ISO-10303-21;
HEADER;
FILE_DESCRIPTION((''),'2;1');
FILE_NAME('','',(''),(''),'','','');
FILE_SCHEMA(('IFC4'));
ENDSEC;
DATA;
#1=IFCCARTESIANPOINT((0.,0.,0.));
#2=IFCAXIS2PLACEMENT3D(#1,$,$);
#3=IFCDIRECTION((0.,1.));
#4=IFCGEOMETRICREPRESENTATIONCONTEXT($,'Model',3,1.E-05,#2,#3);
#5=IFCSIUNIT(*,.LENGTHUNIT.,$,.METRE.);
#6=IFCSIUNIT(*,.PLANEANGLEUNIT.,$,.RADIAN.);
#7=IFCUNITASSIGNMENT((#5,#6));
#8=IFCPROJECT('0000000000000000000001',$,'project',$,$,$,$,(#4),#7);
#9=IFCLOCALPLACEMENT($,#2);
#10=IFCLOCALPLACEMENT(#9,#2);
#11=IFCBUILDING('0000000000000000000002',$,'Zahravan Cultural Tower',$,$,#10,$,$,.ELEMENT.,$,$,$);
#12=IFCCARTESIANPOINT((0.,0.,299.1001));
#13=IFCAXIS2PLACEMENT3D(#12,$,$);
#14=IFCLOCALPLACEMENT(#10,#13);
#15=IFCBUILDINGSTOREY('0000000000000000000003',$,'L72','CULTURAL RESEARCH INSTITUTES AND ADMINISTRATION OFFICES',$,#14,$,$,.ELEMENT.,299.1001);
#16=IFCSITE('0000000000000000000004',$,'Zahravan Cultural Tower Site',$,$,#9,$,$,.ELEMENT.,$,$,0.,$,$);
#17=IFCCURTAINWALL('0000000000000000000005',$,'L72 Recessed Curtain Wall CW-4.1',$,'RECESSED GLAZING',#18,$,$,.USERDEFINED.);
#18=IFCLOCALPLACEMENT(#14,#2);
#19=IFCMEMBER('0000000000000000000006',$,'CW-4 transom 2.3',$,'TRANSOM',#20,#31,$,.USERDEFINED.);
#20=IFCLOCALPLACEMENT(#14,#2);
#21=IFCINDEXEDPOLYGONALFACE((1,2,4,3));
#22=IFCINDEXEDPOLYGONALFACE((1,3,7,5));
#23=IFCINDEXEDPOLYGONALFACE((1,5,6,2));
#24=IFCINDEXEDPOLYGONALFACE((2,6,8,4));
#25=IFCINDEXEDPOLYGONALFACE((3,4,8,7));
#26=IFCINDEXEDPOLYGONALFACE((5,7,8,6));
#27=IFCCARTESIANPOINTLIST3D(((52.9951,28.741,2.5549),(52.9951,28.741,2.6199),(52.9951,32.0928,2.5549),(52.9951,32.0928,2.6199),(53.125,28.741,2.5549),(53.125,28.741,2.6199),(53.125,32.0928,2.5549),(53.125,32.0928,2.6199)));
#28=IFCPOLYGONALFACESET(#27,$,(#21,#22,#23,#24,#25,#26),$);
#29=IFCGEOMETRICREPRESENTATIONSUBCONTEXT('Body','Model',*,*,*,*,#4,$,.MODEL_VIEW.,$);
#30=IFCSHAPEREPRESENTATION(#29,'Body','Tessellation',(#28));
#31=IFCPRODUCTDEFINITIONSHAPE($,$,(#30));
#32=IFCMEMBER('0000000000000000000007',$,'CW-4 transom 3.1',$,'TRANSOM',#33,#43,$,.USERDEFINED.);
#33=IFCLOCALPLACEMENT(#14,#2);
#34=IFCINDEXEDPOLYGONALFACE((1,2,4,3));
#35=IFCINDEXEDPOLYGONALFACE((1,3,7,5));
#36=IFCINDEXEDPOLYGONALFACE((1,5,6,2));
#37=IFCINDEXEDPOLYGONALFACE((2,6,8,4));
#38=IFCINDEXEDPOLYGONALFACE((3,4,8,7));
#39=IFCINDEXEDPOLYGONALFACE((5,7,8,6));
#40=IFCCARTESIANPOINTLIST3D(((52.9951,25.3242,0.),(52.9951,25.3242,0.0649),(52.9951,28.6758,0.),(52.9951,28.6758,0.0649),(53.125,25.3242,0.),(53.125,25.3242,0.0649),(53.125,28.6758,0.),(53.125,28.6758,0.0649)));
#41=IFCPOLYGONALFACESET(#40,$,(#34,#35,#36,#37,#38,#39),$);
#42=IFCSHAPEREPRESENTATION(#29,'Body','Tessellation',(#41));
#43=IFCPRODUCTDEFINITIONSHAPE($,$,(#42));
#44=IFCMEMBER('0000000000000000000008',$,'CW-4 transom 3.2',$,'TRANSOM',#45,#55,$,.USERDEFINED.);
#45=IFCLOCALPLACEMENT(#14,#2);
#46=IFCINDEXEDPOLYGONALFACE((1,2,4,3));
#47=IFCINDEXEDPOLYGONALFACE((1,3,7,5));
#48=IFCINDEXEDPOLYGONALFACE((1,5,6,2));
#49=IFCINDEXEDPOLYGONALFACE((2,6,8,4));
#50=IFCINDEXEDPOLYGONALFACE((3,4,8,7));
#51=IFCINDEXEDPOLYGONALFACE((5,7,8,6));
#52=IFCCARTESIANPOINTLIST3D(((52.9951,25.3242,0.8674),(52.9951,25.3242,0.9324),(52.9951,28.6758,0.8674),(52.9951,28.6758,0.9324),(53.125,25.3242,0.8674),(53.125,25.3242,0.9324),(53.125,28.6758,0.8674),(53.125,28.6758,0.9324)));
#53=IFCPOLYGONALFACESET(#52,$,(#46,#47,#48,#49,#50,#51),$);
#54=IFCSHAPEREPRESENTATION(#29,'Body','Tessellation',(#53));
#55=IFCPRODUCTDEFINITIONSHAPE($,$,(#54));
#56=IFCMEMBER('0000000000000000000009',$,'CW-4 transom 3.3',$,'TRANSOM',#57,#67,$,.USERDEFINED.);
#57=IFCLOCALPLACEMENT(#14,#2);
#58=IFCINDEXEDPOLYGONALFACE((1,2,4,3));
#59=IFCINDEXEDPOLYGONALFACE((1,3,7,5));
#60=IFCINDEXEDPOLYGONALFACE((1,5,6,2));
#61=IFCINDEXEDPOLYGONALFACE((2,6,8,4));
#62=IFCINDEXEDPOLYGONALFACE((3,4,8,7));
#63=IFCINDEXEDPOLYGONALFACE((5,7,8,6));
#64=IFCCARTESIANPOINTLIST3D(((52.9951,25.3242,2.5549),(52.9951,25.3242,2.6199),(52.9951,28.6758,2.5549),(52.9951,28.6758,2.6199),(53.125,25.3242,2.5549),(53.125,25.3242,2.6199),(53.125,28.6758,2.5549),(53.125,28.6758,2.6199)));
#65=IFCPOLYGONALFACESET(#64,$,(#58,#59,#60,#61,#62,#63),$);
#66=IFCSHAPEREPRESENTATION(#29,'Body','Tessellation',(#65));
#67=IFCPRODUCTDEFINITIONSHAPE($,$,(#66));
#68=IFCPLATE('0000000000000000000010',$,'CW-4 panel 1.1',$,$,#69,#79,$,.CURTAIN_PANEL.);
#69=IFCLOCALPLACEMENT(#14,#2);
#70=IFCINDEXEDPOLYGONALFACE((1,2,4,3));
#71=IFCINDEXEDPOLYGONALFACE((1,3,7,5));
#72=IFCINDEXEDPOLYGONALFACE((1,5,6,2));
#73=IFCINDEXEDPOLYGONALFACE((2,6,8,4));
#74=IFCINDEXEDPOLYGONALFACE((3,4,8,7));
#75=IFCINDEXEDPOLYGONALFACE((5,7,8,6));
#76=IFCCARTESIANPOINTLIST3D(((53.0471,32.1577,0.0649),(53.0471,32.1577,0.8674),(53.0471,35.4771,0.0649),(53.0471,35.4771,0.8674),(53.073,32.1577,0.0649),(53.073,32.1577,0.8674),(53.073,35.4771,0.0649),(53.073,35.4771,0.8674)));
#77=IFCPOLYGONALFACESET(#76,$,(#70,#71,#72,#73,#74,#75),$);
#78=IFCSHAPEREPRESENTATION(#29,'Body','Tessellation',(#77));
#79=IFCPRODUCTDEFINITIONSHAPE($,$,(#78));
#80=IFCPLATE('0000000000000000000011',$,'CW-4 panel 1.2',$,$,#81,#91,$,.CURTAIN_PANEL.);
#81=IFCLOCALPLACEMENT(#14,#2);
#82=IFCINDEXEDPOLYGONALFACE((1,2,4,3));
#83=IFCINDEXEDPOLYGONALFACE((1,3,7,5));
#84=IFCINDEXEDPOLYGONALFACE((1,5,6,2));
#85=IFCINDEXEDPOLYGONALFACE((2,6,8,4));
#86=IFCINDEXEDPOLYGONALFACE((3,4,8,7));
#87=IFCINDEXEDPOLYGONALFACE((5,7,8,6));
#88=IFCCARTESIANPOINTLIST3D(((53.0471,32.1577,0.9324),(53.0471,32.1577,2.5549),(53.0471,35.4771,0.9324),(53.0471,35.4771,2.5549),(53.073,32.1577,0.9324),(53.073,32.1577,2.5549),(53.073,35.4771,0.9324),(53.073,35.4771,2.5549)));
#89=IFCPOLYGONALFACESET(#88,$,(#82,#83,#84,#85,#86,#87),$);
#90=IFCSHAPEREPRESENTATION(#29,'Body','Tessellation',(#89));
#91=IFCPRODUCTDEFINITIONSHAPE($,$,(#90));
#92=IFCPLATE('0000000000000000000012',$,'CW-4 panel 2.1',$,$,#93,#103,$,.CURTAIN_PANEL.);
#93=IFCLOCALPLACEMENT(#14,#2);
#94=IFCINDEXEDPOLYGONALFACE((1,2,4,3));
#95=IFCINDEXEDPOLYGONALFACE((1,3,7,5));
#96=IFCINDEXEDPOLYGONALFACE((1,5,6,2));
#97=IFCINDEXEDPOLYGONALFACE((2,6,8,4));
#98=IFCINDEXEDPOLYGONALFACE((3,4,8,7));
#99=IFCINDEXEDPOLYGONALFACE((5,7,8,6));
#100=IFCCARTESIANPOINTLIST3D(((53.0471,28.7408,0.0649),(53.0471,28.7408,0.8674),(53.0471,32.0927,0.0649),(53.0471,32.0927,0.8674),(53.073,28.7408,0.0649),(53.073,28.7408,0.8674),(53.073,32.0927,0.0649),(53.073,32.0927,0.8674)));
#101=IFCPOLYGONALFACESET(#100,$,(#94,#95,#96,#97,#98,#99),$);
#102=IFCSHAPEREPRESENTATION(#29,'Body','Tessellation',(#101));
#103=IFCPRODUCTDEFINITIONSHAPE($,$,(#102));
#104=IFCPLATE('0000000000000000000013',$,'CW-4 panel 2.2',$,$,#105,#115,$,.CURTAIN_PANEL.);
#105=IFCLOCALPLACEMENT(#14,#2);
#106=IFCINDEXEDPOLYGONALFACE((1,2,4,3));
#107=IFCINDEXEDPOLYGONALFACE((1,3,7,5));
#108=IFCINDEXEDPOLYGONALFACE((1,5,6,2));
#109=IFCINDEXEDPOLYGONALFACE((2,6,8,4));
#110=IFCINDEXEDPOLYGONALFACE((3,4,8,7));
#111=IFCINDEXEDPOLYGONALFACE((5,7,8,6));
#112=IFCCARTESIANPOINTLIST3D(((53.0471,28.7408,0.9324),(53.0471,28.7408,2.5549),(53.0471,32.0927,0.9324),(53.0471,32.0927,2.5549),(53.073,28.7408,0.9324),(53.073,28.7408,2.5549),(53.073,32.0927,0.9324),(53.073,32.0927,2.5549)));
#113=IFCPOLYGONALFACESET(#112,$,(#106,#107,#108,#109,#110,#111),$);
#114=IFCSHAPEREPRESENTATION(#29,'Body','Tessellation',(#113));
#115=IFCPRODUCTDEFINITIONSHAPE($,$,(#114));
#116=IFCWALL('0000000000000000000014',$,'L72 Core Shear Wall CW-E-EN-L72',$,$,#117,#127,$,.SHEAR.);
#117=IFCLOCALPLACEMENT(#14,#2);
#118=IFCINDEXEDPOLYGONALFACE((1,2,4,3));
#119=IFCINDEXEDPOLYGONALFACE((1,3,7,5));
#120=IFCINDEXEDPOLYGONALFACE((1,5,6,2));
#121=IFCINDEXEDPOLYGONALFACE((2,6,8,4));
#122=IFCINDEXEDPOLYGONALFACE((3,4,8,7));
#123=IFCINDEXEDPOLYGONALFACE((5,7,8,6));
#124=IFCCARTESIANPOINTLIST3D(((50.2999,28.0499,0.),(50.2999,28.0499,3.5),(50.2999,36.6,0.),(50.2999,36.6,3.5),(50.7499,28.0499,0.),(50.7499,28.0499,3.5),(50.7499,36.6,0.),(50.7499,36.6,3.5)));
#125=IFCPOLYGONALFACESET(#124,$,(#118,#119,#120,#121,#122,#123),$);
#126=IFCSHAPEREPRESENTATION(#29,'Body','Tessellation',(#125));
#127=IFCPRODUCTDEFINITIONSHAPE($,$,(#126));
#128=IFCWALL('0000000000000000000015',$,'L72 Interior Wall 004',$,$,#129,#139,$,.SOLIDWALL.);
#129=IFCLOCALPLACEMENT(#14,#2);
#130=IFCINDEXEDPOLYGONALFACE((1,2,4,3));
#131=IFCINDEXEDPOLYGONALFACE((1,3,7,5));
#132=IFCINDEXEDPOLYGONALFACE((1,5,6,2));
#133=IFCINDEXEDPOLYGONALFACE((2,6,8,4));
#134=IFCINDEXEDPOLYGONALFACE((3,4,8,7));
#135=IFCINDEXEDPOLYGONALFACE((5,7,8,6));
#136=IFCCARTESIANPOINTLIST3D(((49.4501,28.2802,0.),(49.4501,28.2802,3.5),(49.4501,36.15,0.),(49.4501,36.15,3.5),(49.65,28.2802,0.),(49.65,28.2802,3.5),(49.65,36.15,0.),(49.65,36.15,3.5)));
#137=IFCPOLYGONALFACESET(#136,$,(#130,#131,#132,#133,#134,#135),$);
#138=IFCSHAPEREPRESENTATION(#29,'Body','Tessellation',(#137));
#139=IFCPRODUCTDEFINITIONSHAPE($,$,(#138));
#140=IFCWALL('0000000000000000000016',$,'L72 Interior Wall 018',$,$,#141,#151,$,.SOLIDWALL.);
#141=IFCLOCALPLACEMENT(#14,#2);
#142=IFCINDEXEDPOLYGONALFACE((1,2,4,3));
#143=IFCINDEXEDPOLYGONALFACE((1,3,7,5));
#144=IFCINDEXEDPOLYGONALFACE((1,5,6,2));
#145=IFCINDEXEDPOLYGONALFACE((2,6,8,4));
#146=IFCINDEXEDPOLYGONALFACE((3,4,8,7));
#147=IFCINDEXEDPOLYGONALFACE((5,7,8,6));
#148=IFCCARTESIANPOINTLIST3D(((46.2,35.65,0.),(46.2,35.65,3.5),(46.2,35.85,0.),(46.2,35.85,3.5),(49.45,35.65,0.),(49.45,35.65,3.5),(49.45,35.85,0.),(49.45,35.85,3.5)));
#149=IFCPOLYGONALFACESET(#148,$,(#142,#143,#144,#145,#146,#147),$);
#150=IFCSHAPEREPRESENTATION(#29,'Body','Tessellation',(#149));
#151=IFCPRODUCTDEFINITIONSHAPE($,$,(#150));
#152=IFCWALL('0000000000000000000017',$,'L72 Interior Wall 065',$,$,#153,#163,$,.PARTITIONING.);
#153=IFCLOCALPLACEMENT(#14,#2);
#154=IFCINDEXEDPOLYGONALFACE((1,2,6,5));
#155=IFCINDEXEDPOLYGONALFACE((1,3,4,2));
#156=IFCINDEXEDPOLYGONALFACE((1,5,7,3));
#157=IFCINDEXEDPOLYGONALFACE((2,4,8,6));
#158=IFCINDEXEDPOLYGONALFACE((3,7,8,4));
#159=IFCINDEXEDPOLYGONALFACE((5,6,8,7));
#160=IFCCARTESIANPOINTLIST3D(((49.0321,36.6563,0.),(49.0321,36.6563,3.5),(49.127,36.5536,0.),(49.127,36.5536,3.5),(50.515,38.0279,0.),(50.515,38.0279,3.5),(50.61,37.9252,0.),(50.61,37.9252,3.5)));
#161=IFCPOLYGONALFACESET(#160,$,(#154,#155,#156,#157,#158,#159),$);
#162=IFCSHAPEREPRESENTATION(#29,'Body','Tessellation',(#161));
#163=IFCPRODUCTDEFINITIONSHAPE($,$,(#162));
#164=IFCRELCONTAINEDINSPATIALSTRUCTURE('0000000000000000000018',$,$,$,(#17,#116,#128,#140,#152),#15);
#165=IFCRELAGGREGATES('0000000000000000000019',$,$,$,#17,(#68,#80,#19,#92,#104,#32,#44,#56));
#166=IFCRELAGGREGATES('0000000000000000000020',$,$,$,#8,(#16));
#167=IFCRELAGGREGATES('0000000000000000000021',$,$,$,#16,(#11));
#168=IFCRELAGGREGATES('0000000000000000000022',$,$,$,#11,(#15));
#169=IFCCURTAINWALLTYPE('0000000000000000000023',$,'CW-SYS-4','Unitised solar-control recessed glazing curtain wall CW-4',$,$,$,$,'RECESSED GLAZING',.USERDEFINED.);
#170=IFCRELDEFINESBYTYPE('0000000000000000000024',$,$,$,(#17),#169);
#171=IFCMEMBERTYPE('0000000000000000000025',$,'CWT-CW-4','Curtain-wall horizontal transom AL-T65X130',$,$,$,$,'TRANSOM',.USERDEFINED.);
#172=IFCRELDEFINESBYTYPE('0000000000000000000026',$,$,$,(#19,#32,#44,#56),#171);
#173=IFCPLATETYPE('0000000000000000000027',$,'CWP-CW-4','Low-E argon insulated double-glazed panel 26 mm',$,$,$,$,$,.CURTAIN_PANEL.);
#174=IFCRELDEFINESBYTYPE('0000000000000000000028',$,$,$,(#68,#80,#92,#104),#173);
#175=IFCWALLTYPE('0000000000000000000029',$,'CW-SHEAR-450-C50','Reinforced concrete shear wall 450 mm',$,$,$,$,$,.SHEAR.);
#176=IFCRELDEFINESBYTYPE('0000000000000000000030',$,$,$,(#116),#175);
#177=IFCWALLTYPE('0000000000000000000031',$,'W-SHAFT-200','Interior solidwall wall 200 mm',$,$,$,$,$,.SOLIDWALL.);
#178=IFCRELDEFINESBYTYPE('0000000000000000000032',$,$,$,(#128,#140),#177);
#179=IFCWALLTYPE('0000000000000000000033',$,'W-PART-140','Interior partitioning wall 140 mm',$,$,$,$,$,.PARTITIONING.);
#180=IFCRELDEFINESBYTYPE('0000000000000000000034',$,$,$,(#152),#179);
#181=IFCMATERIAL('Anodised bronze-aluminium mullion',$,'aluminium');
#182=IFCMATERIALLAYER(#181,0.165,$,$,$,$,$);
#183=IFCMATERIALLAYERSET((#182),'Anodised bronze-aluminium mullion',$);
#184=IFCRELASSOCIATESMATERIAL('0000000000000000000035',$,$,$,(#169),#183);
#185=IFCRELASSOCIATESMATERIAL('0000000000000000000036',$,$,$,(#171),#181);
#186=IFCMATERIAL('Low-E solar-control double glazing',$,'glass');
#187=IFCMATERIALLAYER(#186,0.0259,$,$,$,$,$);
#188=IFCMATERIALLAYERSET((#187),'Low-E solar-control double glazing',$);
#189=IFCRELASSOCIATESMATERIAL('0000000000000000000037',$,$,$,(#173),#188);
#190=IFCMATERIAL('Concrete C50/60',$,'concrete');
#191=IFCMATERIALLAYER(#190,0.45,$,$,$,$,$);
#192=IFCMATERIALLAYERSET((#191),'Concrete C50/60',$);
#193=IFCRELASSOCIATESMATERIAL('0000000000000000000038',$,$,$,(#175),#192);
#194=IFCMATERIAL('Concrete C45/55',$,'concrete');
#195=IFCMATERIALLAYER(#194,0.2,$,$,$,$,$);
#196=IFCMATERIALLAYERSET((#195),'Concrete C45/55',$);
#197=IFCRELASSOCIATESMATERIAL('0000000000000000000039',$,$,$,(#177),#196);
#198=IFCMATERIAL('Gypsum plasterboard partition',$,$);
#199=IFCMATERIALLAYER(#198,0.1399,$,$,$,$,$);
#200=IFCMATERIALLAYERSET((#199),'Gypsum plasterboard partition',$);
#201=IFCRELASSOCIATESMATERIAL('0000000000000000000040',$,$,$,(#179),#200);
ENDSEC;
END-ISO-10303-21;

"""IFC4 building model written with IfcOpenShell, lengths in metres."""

from ifc_helpers import new_model, si_unit, direction, frame, frame_2d, origin, origin_2d, place, context, subcontext, project, spatial, rectangle, extrude, source, transform, mapped, material, layer, layer_set, material_profile, profile_set, type_object, element, aggregate, save


model = new_model("IFC4")

# Units and contexts
model_context = context("Model", 3, precision=1e-05, world=origin(), true_north=direction((0.0, 1.0)))
body_context = subcontext(model_context, "Body", "Model", "MODEL_VIEW")
ifc_project = project(units=[si_unit("LENGTHUNIT", "METRE"), si_unit("PLANEANGLEUNIT", "RADIAN")], contexts=[model_context])

# Site, building, storey
site_placement = place(None, origin())
site = spatial("IfcSite", under=ifc_project, at=site_placement, Name="Zahravan Cultural Tower Site", CompositionType="ELEMENT", RefElevation=0.0)
building_placement = place(site_placement, origin())
building = spatial("IfcBuilding", under=site, at=building_placement, Name="Zahravan Cultural Tower", CompositionType="ELEMENT")
storey_placement = place(building_placement, frame((0.0, 0.0, 299.1001)))
storey = spatial("IfcBuildingStorey", under=building, at=storey_placement, Name="L72", Description="CULTURAL RESEARCH INSTITUTES AND ADMINISTRATION OFFICES", CompositionType="ELEMENT", Elevation=299.1001)

# Shared definitions
ifc_material_1 = material(Name="Concrete C50/60", Category="concrete")

# Curtain wall, members, plates
ifc_material_2 = material(Name="Anodised bronze-aluminium mullion", Category="aluminium")
ifc_layer_1 = layer(ifc_material_2, 0.165)
ifc_layer_set_1 = layer_set([ifc_layer_1], Name="Anodised bronze-aluminium mullion")
curtain_wall_type = type_object("IfcCurtainWallType", Name="CW-SYS-4", Description="Unitised solar-control recessed glazing curtain wall CW-4", ElementType="RECESSED GLAZING", PredefinedType="USERDEFINED", material=ifc_layer_set_1)
curtain_wall_placement = place(storey_placement, origin())
curtain_wall = element("IfcCurtainWall", 1, at=curtain_wall_placement, inside=storey, type_object=curtain_wall_type, Name="L72 Recessed Curtain Wall CW-4.1", ObjectType="RECESSED GLAZING", PredefinedType="USERDEFINED")
ifc_material_profile_1 = material_profile(ifc_material_2, rectangle(XDim=0.1299, YDim=0.0649, at=origin_2d()), Name="AL-T65X130")
ifc_profile_set_1 = profile_set([ifc_material_profile_1], Name="Anodised bronze-aluminium mullion")
member_type_1 = type_object("IfcMemberType", Name="CWT-CW-4", Description="Curtain-wall horizontal transom AL-T65X130", ElementType="TRANSOM", PredefinedType="USERDEFINED", material=ifc_profile_set_1)
shared_shape_1 = source(origin(), body_context, "Body", "SweptSolid", [
    extrude(rectangle(XDim=0.1299, YDim=0.0649, at=origin_2d()), origin(), (0.0, 0.0, 1.0), 3.3518),
])
member_1_placement = place(storey_placement, frame((53.0601, 32.0928, 2.5874), z_axis=(0.0, -1.0, 0.0), x_axis=(1.0, 0.0, 0.0)))
member_1 = element("IfcMember", 2, at=member_1_placement, type_object=member_type_1, Name="CW-4 transom 2.3", ObjectType="TRANSOM", PredefinedType="USERDEFINED", context=body_context, shape_type="MappedRepresentation", body=[
    mapped(shared_shape_1, transform((0.0, 0.0, 0.0), x_axis=(1.0, 0.0, 0.0), y_axis=(0.0, 1.0, 0.0), z_axis=(0.0, 0.0, 1.0), scale=1.0)),
])
shared_shape_2 = source(origin(), body_context, "Body", "SweptSolid", [
    extrude(rectangle(XDim=0.1299, YDim=0.0649, at=origin_2d()), origin(), (0.0, 0.0, 1.0), 3.3516),
])
member_2_placement = place(storey_placement, frame((53.0601, 28.6758, 0.0325), z_axis=(0.0, -1.0, 0.0), x_axis=(1.0, 0.0, 0.0)))
member_2 = element("IfcMember", 3, at=member_2_placement, type_object=member_type_1, Name="CW-4 transom 3.1", ObjectType="TRANSOM", PredefinedType="USERDEFINED", context=body_context, shape_type="MappedRepresentation", body=[
    mapped(shared_shape_2, transform((0.0, 0.0, 0.0), x_axis=(1.0, 0.0, 0.0), y_axis=(0.0, 1.0, 0.0), z_axis=(0.0, 0.0, 1.0), scale=1.0)),
])
member_3_placement = place(storey_placement, frame((53.0601, 28.6758, 0.8999), z_axis=(0.0, -1.0, 0.0), x_axis=(1.0, 0.0, 0.0)))
member_3 = element("IfcMember", 4, at=member_3_placement, type_object=member_type_1, Name="CW-4 transom 3.2", ObjectType="TRANSOM", PredefinedType="USERDEFINED", context=body_context, shape_type="MappedRepresentation", body=[
    mapped(shared_shape_2, transform((0.0, 0.0, 0.0), x_axis=(1.0, 0.0, 0.0), y_axis=(0.0, 1.0, 0.0), z_axis=(0.0, 0.0, 1.0), scale=1.0)),
])
member_4_placement = place(storey_placement, frame((53.0601, 28.6758, 2.5874), z_axis=(0.0, -1.0, 0.0), x_axis=(1.0, 0.0, 0.0)))
member_4 = element("IfcMember", 5, at=member_4_placement, type_object=member_type_1, Name="CW-4 transom 3.3", ObjectType="TRANSOM", PredefinedType="USERDEFINED", context=body_context, shape_type="MappedRepresentation", body=[
    mapped(shared_shape_2, transform((0.0, 0.0, 0.0), x_axis=(1.0, 0.0, 0.0), y_axis=(0.0, 1.0, 0.0), z_axis=(0.0, 0.0, 1.0), scale=1.0)),
])
ifc_material_3 = material(Name="Low-E solar-control double glazing", Category="glass")
ifc_layer_2 = layer(ifc_material_3, 0.0259)
ifc_layer_set_2 = layer_set([ifc_layer_2], Name="Low-E solar-control double glazing")
plate_type = type_object("IfcPlateType", Name="CWP-CW-4", Description="Low-E argon insulated double-glazed panel 26 mm", PredefinedType="CURTAIN_PANEL", material=ifc_layer_set_2)
shared_shape_3 = source(origin(), body_context, "Body", "SweptSolid", [
    extrude(rectangle(XDim=3.3193, YDim=0.0259, at=origin_2d()), origin(), (0.0, 0.0, 1.0), 0.8025),
])
plate_1_placement = place(storey_placement, frame((53.0601, 33.8174, 0.0649), z_axis=(0.0, 0.0, 1.0), x_axis=(0.0, -1.0, 0.0)))
plate_1 = element("IfcPlate", 6, at=plate_1_placement, type_object=plate_type, Name="CW-4 panel 1.1", PredefinedType="CURTAIN_PANEL", context=body_context, shape_type="MappedRepresentation", body=[
    mapped(shared_shape_3, transform((0.0, 0.0, 0.0), x_axis=(1.0, 0.0, 0.0), y_axis=(0.0, 1.0, 0.0), z_axis=(0.0, 0.0, 1.0), scale=1.0)),
])
shared_shape_4 = source(origin(), body_context, "Body", "SweptSolid", [
    extrude(rectangle(XDim=3.3193, YDim=0.0259, at=origin_2d()), origin(), (0.0, 0.0, 1.0), 1.6226),
])
plate_2_placement = place(storey_placement, frame((53.0601, 33.8174, 0.9324), z_axis=(0.0, 0.0, 1.0), x_axis=(0.0, -1.0, 0.0)))
plate_2 = element("IfcPlate", 7, at=plate_2_placement, type_object=plate_type, Name="CW-4 panel 1.2", PredefinedType="CURTAIN_PANEL", context=body_context, shape_type="MappedRepresentation", body=[
    mapped(shared_shape_4, transform((0.0, 0.0, 0.0), x_axis=(1.0, 0.0, 0.0), y_axis=(0.0, 1.0, 0.0), z_axis=(0.0, 0.0, 1.0), scale=1.0)),
])
shared_shape_5 = source(origin(), body_context, "Body", "SweptSolid", [
    extrude(rectangle(XDim=3.3518, YDim=0.0259, at=origin_2d()), origin(), (0.0, 0.0, 1.0), 0.8025),
])
plate_3_placement = place(storey_placement, frame((53.0601, 30.4167, 0.0649), z_axis=(0.0, 0.0, 1.0), x_axis=(0.0, -1.0, 0.0)))
plate_3 = element("IfcPlate", 8, at=plate_3_placement, type_object=plate_type, Name="CW-4 panel 2.1", PredefinedType="CURTAIN_PANEL", context=body_context, shape_type="MappedRepresentation", body=[
    mapped(shared_shape_5, transform((0.0, 0.0, 0.0), x_axis=(1.0, 0.0, 0.0), y_axis=(0.0, 1.0, 0.0), z_axis=(0.0, 0.0, 1.0), scale=1.0)),
])
shared_shape_6 = source(origin(), body_context, "Body", "SweptSolid", [
    extrude(rectangle(XDim=3.3518, YDim=0.0259, at=origin_2d()), origin(), (0.0, 0.0, 1.0), 1.6226),
])
plate_4_placement = place(storey_placement, frame((53.0601, 30.4167, 0.9324), z_axis=(0.0, 0.0, 1.0), x_axis=(0.0, -1.0, 0.0)))
plate_4 = element("IfcPlate", 9, at=plate_4_placement, type_object=plate_type, Name="CW-4 panel 2.2", PredefinedType="CURTAIN_PANEL", context=body_context, shape_type="MappedRepresentation", body=[
    mapped(shared_shape_6, transform((0.0, 0.0, 0.0), x_axis=(1.0, 0.0, 0.0), y_axis=(0.0, 1.0, 0.0), z_axis=(0.0, 0.0, 1.0), scale=1.0)),
])
aggregate(curtain_wall, [plate_1, plate_2, member_1, plate_3, plate_4, member_2, member_3, member_4])

# Walls
ifc_layer_3 = layer(ifc_material_1, 0.45)
ifc_layer_set_3 = layer_set([ifc_layer_3], Name="Concrete C50/60")
wall_type_1 = type_object("IfcWallType", Name="CW-SHEAR-450-C50", Description="Reinforced concrete shear wall 450 mm", PredefinedType="SHEAR", material=ifc_layer_set_3)
shared_shape_7 = source(origin(), body_context, "Body", "SweptSolid", [
    extrude(rectangle(XDim=8.55, YDim=0.45, at=frame_2d((4.2749, 0.0))), origin(), (0.0, 0.0, 1.0), 3.5),
])
wall_1_placement = place(storey_placement, frame((50.5249, 28.05, 0.0), z_axis=(0.0, 0.0, 1.0), x_axis=(0.0, 1.0, 0.0)))
element("IfcWall", 10, at=wall_1_placement, inside=storey, type_object=wall_type_1, Name="L72 Core Shear Wall CW-E-EN-L72", PredefinedType="SHEAR", context=body_context, shape_type="MappedRepresentation", body=[
    mapped(shared_shape_7, transform((0.0, 0.0, 0.0), x_axis=(1.0, 0.0, 0.0), y_axis=(0.0, 1.0, 0.0), z_axis=(0.0, 0.0, 1.0), scale=1.0)),
])
ifc_material_4 = material(Name="Concrete C45/55", Category="concrete")
ifc_layer_4 = layer(ifc_material_4, 0.2)
ifc_layer_set_4 = layer_set([ifc_layer_4], Name="Concrete C45/55")
wall_type_2 = type_object("IfcWallType", Name="W-SHAFT-200", Description="Interior solidwall wall 200 mm", PredefinedType="SOLIDWALL", material=ifc_layer_set_4)
shared_shape_8 = source(origin(), body_context, "Body", "SweptSolid", [
    extrude(rectangle(XDim=7.8699, YDim=0.2, at=frame_2d((3.9351, 0.0))), origin(), (0.0, 0.0, 1.0), 3.5),
])
wall_2_placement = place(storey_placement, frame((49.55, 28.28, 0.0), z_axis=(0.0, 0.0, 1.0), x_axis=(0.0, 1.0, 0.0)))
element("IfcWall", 11, at=wall_2_placement, inside=storey, type_object=wall_type_2, Name="L72 Interior Wall 004", PredefinedType="SOLIDWALL", context=body_context, shape_type="MappedRepresentation", body=[
    mapped(shared_shape_8, transform((0.0, 0.0, 0.0), x_axis=(1.0, 0.0, 0.0), y_axis=(0.0, 1.0, 0.0), z_axis=(0.0, 0.0, 1.0), scale=1.0)),
])
shared_shape_9 = source(origin(), body_context, "Body", "SweptSolid", [
    extrude(rectangle(XDim=3.25, YDim=0.2, at=frame_2d((1.625, 0.0))), origin(), (0.0, 0.0, 1.0), 3.5),
])
wall_3_placement = place(storey_placement, frame((46.2, 35.75, 0.0), z_axis=(0.0, 0.0, 1.0), x_axis=(1.0, 0.0, 0.0)))
element("IfcWall", 12, at=wall_3_placement, inside=storey, type_object=wall_type_2, Name="L72 Interior Wall 018", PredefinedType="SOLIDWALL", context=body_context, shape_type="MappedRepresentation", body=[
    mapped(shared_shape_9, transform((0.0, 0.0, 0.0), x_axis=(1.0, 0.0, 0.0), y_axis=(0.0, 1.0, 0.0), z_axis=(0.0, 0.0, 1.0), scale=1.0)),
])
ifc_material_5 = material(Name="Gypsum plasterboard partition")
ifc_layer_5 = layer(ifc_material_5, 0.1399)
ifc_layer_set_5 = layer_set([ifc_layer_5], Name="Gypsum plasterboard partition")
wall_type_3 = type_object("IfcWallType", Name="W-PART-140", Description="Interior partitioning wall 140 mm", PredefinedType="PARTITIONING", material=ifc_layer_set_5)
shared_shape_10 = source(origin(), body_context, "Body", "SweptSolid", [
    extrude(rectangle(XDim=2.02, YDim=0.1399, at=frame_2d((1.01, 0.0))), origin(), (0.0, 0.0, 1.0), 3.5),
])
wall_4_placement = place(storey_placement, frame((50.5625, 37.9766, 0.0), z_axis=(0.0, 0.0, 1.0), x_axis=(-0.734127, -0.679013, 0.0)))
element("IfcWall", 13, at=wall_4_placement, inside=storey, type_object=wall_type_3, Name="L72 Interior Wall 065", PredefinedType="PARTITIONING", context=body_context, shape_type="MappedRepresentation", body=[
    mapped(shared_shape_10, transform((0.0, 0.0, 0.0), x_axis=(1.0, 0.0, 0.0), y_axis=(0.0, 1.0, 0.0), z_axis=(0.0, 0.0, 1.0), scale=1.0)),
])

save(model, "model.ifc")
